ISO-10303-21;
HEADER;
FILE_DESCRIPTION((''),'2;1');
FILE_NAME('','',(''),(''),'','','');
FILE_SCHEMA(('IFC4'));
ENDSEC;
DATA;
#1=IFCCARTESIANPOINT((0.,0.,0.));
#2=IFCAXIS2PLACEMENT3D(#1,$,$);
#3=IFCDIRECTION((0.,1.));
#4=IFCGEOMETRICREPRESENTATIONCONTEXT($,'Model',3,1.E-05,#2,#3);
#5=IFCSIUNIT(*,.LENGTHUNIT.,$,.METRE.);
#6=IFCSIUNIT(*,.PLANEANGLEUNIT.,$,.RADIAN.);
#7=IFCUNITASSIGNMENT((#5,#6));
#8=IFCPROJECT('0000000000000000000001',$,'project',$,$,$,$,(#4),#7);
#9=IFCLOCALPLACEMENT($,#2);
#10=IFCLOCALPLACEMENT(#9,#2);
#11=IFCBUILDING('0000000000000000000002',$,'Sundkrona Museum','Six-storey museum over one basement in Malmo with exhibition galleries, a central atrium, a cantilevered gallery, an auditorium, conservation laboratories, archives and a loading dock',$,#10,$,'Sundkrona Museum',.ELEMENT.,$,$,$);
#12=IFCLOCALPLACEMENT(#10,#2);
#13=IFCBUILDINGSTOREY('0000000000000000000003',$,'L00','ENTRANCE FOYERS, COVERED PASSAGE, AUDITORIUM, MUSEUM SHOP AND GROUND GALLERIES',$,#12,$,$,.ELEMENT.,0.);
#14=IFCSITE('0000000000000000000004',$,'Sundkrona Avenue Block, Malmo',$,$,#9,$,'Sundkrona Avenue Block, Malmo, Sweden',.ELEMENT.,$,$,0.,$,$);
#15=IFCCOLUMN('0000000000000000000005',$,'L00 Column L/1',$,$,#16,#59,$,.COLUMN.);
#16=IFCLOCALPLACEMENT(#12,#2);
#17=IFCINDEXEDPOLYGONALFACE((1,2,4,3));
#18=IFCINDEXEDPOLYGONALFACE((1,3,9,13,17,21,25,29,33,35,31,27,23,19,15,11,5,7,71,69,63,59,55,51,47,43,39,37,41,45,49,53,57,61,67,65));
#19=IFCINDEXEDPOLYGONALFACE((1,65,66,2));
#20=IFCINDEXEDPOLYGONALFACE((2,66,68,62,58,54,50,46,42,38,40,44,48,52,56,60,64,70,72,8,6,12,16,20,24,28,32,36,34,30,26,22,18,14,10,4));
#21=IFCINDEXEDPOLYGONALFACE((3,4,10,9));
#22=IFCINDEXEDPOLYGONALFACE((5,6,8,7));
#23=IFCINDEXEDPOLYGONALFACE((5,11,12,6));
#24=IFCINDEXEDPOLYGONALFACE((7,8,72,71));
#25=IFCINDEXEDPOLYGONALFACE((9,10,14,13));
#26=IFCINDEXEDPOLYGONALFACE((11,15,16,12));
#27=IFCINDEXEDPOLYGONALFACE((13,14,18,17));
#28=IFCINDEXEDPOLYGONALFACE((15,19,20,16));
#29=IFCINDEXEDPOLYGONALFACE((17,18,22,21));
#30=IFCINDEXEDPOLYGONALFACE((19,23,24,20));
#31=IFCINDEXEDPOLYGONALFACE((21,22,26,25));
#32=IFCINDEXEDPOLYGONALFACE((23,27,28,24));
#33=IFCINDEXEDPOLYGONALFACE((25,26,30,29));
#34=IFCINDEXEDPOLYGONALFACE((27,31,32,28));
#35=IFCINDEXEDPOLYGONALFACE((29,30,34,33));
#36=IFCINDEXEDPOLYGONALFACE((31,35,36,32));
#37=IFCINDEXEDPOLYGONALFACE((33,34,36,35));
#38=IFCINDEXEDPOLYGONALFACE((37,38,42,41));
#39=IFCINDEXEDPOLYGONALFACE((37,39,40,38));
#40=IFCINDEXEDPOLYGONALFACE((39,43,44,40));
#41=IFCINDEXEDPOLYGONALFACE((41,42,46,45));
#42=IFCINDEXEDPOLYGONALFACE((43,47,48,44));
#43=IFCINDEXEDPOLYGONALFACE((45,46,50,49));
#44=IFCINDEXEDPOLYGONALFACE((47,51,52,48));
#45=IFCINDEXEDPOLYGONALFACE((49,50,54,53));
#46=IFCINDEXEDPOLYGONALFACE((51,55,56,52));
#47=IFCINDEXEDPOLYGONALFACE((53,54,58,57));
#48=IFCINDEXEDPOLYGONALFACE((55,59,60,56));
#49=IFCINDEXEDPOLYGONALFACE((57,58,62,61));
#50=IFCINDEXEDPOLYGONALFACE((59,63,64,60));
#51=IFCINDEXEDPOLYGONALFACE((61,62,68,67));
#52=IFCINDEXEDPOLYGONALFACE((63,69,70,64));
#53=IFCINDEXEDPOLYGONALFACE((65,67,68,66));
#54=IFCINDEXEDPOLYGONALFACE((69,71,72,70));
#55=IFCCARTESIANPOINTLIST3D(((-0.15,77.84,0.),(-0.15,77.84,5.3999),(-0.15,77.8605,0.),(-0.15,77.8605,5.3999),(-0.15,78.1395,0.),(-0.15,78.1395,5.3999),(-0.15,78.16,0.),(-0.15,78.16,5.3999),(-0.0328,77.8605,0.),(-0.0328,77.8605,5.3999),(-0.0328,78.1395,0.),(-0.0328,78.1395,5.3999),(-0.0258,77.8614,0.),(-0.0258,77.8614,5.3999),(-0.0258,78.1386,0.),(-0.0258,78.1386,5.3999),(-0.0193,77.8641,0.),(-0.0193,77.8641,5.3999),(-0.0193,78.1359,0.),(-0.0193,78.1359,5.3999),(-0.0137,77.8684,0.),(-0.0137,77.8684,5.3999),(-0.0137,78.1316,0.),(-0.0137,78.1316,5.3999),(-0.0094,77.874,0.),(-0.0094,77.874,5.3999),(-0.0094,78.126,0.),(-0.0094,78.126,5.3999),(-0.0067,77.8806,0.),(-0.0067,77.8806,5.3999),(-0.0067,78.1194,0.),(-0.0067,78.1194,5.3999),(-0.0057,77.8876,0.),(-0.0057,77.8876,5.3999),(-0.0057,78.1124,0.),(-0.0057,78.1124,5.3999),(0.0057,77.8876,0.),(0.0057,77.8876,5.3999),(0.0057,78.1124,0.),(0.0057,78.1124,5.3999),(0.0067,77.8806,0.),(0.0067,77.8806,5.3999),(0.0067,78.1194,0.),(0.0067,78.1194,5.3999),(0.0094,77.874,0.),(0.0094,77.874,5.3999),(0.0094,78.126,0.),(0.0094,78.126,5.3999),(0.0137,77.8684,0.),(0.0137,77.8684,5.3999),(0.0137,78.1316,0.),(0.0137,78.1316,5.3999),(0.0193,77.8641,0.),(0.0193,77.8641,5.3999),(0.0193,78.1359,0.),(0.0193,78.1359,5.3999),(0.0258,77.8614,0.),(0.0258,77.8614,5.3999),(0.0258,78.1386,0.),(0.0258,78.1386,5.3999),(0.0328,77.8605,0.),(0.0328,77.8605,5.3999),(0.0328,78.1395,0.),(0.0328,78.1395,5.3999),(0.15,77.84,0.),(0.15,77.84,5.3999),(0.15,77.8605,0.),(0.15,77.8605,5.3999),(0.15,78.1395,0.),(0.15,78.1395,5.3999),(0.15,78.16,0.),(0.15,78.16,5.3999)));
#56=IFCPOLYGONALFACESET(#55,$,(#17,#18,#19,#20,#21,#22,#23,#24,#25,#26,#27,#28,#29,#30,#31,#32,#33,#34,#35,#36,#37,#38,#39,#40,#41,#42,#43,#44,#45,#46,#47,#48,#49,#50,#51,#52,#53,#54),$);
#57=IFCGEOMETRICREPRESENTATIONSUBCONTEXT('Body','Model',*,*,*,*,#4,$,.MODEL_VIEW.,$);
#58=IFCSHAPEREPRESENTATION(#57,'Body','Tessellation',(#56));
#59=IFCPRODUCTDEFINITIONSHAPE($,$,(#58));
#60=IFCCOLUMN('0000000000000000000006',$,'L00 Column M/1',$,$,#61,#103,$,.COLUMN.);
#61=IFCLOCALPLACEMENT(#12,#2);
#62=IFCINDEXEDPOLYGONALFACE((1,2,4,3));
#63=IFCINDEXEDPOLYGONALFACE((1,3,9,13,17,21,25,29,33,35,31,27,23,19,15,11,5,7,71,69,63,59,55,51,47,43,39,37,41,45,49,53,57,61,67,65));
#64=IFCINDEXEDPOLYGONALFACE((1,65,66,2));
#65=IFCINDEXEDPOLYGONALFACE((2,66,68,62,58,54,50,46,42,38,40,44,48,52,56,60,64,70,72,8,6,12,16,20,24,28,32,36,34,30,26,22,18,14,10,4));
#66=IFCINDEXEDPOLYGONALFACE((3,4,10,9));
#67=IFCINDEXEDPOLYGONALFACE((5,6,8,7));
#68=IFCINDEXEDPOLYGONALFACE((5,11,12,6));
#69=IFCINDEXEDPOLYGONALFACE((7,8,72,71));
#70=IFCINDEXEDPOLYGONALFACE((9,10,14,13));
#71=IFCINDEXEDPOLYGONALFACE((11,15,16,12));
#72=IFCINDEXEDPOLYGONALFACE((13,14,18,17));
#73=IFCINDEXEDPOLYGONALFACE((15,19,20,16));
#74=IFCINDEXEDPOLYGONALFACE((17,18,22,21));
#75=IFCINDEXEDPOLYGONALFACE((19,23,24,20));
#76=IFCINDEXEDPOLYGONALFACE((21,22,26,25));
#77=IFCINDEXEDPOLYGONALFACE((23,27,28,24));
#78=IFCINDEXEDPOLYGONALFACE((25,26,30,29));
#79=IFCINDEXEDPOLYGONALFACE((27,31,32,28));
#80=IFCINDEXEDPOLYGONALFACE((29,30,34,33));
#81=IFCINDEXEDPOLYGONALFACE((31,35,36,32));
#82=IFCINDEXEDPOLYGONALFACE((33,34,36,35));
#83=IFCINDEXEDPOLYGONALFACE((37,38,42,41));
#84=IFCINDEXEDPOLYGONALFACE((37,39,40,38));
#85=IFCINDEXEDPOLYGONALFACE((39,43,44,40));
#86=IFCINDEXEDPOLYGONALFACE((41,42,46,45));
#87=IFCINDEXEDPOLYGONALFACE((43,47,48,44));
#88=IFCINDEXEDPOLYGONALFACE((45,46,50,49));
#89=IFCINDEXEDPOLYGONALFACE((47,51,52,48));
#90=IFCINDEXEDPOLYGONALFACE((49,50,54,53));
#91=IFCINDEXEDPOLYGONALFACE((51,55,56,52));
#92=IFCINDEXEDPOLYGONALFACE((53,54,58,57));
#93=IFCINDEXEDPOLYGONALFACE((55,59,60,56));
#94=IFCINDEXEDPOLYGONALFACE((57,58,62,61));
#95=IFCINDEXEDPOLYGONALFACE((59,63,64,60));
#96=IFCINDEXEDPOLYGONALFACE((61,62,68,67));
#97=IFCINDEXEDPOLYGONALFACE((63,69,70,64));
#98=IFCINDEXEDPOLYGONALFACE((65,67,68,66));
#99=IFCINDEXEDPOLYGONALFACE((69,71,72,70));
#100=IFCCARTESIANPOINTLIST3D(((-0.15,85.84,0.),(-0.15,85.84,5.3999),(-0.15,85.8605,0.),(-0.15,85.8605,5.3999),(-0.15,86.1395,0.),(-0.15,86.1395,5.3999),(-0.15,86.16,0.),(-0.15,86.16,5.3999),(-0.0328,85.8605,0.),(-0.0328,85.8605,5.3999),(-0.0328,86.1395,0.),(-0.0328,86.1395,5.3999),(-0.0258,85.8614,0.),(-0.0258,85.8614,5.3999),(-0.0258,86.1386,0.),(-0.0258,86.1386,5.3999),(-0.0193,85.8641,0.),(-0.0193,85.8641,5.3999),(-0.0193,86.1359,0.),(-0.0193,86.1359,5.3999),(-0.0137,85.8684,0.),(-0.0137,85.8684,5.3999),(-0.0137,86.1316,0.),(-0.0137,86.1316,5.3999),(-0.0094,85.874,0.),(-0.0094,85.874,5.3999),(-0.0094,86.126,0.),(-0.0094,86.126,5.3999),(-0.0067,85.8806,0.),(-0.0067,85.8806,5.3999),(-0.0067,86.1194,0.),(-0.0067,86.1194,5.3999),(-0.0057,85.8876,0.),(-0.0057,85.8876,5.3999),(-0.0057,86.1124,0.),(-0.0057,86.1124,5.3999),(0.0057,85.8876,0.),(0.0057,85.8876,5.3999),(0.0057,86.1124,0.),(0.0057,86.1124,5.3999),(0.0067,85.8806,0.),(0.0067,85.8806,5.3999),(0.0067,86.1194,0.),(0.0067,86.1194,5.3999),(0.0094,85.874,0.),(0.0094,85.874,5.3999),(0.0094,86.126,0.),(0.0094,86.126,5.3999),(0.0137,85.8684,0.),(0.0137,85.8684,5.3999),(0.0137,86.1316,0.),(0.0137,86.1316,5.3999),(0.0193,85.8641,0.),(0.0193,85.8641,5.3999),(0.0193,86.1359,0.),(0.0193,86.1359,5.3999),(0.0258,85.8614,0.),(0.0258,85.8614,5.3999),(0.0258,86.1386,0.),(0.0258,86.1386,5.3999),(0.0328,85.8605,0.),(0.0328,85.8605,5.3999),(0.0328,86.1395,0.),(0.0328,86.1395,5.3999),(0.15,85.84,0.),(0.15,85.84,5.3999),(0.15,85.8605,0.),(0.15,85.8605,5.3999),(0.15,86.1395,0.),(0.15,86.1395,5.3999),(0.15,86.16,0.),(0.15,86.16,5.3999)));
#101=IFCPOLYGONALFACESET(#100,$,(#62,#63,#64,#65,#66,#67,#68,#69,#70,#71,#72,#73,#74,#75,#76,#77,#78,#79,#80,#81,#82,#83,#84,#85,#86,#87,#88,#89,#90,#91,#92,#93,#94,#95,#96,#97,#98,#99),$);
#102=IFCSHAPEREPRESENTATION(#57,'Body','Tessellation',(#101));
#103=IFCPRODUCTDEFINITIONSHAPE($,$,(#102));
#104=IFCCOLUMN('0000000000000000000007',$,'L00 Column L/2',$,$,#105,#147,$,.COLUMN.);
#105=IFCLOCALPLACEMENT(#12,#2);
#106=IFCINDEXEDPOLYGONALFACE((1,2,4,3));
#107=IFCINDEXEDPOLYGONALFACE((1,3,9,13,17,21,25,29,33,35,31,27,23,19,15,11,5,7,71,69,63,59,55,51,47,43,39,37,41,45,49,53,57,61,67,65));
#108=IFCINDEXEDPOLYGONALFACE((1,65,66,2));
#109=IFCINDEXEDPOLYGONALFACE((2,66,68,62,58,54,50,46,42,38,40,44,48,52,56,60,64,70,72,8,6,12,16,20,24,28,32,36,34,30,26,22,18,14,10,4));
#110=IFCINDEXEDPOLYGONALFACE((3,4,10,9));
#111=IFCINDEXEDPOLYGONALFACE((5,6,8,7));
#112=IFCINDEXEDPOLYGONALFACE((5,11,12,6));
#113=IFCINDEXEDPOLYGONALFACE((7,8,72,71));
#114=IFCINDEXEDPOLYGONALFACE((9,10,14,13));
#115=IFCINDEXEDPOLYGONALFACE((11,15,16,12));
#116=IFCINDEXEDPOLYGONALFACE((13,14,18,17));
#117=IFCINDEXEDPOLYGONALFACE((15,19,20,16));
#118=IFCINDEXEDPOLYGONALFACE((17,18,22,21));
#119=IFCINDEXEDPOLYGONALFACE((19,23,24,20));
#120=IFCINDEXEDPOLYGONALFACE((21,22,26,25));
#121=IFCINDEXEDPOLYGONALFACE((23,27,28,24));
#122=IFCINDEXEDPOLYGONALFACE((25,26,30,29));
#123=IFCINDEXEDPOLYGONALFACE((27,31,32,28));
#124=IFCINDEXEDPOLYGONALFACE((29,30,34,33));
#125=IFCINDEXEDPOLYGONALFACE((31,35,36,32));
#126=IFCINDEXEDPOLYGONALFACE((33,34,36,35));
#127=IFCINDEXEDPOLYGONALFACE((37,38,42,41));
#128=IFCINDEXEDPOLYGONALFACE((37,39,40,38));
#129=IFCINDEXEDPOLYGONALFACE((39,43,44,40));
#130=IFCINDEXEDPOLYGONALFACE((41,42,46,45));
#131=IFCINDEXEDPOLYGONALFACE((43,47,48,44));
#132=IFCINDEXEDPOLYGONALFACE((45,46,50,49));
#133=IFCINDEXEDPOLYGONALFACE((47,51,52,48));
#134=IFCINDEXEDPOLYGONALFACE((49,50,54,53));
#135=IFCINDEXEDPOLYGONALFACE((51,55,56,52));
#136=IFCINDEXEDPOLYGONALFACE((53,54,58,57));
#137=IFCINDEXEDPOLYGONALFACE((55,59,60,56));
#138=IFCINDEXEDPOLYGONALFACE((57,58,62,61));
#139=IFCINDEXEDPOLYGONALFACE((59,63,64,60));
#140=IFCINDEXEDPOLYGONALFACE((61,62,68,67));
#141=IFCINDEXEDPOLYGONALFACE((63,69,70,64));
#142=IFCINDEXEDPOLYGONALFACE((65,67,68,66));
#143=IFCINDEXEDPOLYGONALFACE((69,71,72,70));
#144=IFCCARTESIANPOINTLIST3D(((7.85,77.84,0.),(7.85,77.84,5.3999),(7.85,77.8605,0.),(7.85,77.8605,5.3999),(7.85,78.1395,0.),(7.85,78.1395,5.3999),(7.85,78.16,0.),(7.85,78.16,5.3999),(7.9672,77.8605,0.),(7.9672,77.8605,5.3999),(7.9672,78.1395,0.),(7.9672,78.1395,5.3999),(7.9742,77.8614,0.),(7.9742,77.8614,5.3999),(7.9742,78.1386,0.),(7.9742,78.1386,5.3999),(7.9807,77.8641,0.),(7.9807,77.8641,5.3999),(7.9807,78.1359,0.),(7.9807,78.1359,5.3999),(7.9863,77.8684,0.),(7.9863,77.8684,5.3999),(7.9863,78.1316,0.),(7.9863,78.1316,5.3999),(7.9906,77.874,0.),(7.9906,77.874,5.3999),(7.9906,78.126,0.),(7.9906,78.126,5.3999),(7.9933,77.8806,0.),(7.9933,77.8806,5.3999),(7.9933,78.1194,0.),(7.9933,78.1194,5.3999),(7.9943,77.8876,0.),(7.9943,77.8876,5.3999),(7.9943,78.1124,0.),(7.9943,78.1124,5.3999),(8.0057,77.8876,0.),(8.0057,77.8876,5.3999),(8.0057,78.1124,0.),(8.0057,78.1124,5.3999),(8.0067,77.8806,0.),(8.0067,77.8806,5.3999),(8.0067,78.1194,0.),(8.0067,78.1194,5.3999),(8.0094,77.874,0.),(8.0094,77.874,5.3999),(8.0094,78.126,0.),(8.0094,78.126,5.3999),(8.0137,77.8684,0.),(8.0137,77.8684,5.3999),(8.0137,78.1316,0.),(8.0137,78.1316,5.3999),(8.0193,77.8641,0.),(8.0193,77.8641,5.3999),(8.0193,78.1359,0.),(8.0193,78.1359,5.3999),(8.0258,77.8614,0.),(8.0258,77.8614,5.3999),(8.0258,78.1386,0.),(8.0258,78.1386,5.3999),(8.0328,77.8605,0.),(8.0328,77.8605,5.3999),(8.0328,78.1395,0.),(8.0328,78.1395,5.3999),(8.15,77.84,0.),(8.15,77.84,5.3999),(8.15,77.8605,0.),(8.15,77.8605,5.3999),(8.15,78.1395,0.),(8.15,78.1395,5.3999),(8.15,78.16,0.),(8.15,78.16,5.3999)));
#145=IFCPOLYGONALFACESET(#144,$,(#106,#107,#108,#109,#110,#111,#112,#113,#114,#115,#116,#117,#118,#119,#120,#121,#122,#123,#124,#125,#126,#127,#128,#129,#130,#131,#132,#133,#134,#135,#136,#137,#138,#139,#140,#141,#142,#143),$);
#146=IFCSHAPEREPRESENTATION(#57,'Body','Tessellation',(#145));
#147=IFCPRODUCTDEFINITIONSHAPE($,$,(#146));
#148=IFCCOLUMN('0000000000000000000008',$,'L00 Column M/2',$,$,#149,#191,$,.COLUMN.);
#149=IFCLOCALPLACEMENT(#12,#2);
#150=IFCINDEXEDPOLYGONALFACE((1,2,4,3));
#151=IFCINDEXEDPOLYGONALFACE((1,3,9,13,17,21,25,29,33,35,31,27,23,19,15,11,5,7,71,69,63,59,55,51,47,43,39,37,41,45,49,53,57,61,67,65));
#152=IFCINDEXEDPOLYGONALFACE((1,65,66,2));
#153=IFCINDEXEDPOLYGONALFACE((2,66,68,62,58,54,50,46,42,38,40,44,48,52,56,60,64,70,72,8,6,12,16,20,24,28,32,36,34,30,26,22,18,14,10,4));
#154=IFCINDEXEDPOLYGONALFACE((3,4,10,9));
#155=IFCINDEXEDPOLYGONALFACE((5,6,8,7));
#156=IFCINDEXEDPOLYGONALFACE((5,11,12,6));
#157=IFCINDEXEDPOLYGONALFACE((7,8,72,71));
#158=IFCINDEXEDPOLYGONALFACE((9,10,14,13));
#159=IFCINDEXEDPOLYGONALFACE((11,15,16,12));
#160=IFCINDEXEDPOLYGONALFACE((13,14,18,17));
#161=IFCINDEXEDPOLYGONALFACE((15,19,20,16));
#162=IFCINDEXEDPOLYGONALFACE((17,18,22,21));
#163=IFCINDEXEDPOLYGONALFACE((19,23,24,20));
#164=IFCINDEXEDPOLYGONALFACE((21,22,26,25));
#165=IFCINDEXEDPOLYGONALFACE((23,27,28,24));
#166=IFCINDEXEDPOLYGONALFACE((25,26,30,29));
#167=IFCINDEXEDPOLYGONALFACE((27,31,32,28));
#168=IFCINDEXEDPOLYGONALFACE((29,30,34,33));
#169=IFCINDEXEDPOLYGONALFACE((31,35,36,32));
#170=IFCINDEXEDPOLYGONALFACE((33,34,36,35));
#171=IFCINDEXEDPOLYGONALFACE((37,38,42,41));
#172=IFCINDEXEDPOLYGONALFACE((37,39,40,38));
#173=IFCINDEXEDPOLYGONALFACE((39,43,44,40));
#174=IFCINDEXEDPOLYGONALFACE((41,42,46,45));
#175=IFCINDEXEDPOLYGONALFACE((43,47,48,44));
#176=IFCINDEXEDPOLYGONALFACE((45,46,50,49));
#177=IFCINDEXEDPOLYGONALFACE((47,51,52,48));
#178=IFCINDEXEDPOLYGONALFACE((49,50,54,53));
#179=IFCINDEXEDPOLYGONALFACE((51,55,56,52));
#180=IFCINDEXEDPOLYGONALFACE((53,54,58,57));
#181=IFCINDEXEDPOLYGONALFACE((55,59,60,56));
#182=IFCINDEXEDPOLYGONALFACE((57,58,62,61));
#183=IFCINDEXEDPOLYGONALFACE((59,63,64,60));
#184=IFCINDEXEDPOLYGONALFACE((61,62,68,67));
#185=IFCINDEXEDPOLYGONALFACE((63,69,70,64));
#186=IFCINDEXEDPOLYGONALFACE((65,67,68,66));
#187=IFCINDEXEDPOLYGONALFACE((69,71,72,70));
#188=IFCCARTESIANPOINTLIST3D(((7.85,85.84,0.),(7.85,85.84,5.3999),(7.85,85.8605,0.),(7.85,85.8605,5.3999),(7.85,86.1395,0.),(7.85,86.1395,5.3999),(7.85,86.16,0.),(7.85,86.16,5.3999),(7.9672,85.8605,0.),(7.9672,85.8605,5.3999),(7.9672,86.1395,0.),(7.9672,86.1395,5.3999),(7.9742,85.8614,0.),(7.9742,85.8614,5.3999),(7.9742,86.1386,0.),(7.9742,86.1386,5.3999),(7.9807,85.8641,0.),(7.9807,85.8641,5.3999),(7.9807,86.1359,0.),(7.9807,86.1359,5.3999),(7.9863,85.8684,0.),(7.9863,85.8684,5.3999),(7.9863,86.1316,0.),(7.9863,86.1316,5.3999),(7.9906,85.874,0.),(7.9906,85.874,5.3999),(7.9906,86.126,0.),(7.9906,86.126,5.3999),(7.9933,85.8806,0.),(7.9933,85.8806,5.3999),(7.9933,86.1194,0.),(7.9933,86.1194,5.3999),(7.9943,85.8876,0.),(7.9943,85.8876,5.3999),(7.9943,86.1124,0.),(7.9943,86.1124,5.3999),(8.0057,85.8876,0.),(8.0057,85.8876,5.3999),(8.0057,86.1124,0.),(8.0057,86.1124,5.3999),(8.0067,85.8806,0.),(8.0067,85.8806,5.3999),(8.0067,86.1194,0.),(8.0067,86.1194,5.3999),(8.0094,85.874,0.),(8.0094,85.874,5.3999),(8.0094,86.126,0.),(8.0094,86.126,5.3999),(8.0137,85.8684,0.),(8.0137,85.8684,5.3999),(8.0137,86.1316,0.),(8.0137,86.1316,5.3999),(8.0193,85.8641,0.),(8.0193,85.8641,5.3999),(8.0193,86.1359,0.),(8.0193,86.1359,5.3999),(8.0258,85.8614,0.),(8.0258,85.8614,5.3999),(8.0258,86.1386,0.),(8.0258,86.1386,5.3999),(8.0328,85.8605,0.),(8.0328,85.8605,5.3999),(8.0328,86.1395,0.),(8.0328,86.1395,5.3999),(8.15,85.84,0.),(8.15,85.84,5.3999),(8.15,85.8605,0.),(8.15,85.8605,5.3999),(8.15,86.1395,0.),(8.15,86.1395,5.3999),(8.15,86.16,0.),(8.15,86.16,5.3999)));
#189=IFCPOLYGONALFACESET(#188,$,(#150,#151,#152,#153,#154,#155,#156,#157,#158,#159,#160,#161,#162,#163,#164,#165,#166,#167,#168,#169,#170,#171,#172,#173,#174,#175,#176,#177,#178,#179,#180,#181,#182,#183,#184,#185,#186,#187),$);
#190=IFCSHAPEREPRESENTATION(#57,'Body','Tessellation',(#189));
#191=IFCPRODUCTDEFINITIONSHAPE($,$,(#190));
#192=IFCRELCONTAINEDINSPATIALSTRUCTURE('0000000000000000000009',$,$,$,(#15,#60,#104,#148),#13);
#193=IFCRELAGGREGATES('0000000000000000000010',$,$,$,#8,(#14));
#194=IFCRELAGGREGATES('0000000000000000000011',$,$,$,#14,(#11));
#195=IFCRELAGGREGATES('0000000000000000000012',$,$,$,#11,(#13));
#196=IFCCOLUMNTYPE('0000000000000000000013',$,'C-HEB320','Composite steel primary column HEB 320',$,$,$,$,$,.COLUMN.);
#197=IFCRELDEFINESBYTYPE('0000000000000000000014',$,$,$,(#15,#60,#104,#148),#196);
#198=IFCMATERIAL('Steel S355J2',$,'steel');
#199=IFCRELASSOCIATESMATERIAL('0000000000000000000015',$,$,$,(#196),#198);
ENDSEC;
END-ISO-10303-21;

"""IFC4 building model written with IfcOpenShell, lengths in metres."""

from ifc_helpers import new_model, si_unit, direction, frame, origin, origin_2d, place, context, subcontext, project, spatial, i_section, extrude, material, material_profile, profile_set, type_object, element, save


model = new_model("IFC4")

# Units and contexts
model_context = context("Model", 3, precision=1e-05, world=origin(), true_north=direction((0.0, 1.0)))
body_context = subcontext(model_context, "Body", "Model", "MODEL_VIEW")
ifc_project = project(units=[si_unit("LENGTHUNIT", "METRE"), si_unit("PLANEANGLEUNIT", "RADIAN")], contexts=[model_context])

# Site, building, storey
site_placement = place(None, origin())
site = spatial("IfcSite", under=ifc_project, at=site_placement, Name="Sundkrona Avenue Block, Malmo", LongName="Sundkrona Avenue Block, Malmo, Sweden", CompositionType="ELEMENT", RefElevation=0.0)
building_placement = place(site_placement, origin())
building = spatial("IfcBuilding", under=site, at=building_placement, Name="Sundkrona Museum", Description="Six-storey museum over one basement in Malmo with exhibition galleries, a central atrium, a cantilevered gallery, an auditorium, conservation laboratories, archives and a loading dock", LongName="Sundkrona Museum", CompositionType="ELEMENT")
storey_placement = place(building_placement, origin())
storey = spatial("IfcBuildingStorey", under=building, at=storey_placement, Name="L00", Description="ENTRANCE FOYERS, COVERED PASSAGE, AUDITORIUM, MUSEUM SHOP AND GROUND GALLERIES", CompositionType="ELEMENT", Elevation=0.0)

# Columns
ifc_material_1 = material(Name="Steel S355J2", Category="steel")
ifc_material_profile_1 = material_profile(ifc_material_1, i_section(OverallWidth=0.3, OverallDepth=0.3201, WebThickness=0.0115, FlangeThickness=0.0205, FilletRadius=0.0271, at=origin_2d()), Name="HEB 320")
ifc_profile_set_1 = profile_set([ifc_material_profile_1], Name="Steel S355J2")
column_type = type_object("IfcColumnType", Name="C-HEB320", Description="Composite steel primary column HEB 320", PredefinedType="COLUMN", material=ifc_profile_set_1)
for number, where, z_axis, x_axis, name in (
    (1, (0.0, 78.0, 0.0), (0.0, 0.0, 1.0), (1.0, 0.0, 0.0), "L00 Column L/1"),
    (2, (0.0, 86.0, 0.0), (0.0, 0.0, 1.0), (1.0, 0.0, 0.0), "L00 Column M/1"),
    (3, (8.0, 78.0, 0.0), (0.0, 0.0, 1.0), (1.0, 0.0, 0.0), "L00 Column L/2"),
    (4, (8.0, 86.0, 0.0), (0.0, 0.0, 1.0), (1.0, 0.0, 0.0), "L00 Column M/2"),
):
    element("IfcColumn", number, at=place(storey_placement, frame(where, z_axis=z_axis, x_axis=x_axis)), inside=storey, type_object=column_type, Name=name, PredefinedType="COLUMN", context=body_context, shape_type="SweptSolid", body=[
        extrude(i_section(OverallWidth=0.3, OverallDepth=0.3201, WebThickness=0.0115, FlangeThickness=0.0205, FilletRadius=0.0271, at=origin_2d()), origin(), (0.0, 0.0, 1.0), 5.3999),
    ])

save(model, "model.ifc")
